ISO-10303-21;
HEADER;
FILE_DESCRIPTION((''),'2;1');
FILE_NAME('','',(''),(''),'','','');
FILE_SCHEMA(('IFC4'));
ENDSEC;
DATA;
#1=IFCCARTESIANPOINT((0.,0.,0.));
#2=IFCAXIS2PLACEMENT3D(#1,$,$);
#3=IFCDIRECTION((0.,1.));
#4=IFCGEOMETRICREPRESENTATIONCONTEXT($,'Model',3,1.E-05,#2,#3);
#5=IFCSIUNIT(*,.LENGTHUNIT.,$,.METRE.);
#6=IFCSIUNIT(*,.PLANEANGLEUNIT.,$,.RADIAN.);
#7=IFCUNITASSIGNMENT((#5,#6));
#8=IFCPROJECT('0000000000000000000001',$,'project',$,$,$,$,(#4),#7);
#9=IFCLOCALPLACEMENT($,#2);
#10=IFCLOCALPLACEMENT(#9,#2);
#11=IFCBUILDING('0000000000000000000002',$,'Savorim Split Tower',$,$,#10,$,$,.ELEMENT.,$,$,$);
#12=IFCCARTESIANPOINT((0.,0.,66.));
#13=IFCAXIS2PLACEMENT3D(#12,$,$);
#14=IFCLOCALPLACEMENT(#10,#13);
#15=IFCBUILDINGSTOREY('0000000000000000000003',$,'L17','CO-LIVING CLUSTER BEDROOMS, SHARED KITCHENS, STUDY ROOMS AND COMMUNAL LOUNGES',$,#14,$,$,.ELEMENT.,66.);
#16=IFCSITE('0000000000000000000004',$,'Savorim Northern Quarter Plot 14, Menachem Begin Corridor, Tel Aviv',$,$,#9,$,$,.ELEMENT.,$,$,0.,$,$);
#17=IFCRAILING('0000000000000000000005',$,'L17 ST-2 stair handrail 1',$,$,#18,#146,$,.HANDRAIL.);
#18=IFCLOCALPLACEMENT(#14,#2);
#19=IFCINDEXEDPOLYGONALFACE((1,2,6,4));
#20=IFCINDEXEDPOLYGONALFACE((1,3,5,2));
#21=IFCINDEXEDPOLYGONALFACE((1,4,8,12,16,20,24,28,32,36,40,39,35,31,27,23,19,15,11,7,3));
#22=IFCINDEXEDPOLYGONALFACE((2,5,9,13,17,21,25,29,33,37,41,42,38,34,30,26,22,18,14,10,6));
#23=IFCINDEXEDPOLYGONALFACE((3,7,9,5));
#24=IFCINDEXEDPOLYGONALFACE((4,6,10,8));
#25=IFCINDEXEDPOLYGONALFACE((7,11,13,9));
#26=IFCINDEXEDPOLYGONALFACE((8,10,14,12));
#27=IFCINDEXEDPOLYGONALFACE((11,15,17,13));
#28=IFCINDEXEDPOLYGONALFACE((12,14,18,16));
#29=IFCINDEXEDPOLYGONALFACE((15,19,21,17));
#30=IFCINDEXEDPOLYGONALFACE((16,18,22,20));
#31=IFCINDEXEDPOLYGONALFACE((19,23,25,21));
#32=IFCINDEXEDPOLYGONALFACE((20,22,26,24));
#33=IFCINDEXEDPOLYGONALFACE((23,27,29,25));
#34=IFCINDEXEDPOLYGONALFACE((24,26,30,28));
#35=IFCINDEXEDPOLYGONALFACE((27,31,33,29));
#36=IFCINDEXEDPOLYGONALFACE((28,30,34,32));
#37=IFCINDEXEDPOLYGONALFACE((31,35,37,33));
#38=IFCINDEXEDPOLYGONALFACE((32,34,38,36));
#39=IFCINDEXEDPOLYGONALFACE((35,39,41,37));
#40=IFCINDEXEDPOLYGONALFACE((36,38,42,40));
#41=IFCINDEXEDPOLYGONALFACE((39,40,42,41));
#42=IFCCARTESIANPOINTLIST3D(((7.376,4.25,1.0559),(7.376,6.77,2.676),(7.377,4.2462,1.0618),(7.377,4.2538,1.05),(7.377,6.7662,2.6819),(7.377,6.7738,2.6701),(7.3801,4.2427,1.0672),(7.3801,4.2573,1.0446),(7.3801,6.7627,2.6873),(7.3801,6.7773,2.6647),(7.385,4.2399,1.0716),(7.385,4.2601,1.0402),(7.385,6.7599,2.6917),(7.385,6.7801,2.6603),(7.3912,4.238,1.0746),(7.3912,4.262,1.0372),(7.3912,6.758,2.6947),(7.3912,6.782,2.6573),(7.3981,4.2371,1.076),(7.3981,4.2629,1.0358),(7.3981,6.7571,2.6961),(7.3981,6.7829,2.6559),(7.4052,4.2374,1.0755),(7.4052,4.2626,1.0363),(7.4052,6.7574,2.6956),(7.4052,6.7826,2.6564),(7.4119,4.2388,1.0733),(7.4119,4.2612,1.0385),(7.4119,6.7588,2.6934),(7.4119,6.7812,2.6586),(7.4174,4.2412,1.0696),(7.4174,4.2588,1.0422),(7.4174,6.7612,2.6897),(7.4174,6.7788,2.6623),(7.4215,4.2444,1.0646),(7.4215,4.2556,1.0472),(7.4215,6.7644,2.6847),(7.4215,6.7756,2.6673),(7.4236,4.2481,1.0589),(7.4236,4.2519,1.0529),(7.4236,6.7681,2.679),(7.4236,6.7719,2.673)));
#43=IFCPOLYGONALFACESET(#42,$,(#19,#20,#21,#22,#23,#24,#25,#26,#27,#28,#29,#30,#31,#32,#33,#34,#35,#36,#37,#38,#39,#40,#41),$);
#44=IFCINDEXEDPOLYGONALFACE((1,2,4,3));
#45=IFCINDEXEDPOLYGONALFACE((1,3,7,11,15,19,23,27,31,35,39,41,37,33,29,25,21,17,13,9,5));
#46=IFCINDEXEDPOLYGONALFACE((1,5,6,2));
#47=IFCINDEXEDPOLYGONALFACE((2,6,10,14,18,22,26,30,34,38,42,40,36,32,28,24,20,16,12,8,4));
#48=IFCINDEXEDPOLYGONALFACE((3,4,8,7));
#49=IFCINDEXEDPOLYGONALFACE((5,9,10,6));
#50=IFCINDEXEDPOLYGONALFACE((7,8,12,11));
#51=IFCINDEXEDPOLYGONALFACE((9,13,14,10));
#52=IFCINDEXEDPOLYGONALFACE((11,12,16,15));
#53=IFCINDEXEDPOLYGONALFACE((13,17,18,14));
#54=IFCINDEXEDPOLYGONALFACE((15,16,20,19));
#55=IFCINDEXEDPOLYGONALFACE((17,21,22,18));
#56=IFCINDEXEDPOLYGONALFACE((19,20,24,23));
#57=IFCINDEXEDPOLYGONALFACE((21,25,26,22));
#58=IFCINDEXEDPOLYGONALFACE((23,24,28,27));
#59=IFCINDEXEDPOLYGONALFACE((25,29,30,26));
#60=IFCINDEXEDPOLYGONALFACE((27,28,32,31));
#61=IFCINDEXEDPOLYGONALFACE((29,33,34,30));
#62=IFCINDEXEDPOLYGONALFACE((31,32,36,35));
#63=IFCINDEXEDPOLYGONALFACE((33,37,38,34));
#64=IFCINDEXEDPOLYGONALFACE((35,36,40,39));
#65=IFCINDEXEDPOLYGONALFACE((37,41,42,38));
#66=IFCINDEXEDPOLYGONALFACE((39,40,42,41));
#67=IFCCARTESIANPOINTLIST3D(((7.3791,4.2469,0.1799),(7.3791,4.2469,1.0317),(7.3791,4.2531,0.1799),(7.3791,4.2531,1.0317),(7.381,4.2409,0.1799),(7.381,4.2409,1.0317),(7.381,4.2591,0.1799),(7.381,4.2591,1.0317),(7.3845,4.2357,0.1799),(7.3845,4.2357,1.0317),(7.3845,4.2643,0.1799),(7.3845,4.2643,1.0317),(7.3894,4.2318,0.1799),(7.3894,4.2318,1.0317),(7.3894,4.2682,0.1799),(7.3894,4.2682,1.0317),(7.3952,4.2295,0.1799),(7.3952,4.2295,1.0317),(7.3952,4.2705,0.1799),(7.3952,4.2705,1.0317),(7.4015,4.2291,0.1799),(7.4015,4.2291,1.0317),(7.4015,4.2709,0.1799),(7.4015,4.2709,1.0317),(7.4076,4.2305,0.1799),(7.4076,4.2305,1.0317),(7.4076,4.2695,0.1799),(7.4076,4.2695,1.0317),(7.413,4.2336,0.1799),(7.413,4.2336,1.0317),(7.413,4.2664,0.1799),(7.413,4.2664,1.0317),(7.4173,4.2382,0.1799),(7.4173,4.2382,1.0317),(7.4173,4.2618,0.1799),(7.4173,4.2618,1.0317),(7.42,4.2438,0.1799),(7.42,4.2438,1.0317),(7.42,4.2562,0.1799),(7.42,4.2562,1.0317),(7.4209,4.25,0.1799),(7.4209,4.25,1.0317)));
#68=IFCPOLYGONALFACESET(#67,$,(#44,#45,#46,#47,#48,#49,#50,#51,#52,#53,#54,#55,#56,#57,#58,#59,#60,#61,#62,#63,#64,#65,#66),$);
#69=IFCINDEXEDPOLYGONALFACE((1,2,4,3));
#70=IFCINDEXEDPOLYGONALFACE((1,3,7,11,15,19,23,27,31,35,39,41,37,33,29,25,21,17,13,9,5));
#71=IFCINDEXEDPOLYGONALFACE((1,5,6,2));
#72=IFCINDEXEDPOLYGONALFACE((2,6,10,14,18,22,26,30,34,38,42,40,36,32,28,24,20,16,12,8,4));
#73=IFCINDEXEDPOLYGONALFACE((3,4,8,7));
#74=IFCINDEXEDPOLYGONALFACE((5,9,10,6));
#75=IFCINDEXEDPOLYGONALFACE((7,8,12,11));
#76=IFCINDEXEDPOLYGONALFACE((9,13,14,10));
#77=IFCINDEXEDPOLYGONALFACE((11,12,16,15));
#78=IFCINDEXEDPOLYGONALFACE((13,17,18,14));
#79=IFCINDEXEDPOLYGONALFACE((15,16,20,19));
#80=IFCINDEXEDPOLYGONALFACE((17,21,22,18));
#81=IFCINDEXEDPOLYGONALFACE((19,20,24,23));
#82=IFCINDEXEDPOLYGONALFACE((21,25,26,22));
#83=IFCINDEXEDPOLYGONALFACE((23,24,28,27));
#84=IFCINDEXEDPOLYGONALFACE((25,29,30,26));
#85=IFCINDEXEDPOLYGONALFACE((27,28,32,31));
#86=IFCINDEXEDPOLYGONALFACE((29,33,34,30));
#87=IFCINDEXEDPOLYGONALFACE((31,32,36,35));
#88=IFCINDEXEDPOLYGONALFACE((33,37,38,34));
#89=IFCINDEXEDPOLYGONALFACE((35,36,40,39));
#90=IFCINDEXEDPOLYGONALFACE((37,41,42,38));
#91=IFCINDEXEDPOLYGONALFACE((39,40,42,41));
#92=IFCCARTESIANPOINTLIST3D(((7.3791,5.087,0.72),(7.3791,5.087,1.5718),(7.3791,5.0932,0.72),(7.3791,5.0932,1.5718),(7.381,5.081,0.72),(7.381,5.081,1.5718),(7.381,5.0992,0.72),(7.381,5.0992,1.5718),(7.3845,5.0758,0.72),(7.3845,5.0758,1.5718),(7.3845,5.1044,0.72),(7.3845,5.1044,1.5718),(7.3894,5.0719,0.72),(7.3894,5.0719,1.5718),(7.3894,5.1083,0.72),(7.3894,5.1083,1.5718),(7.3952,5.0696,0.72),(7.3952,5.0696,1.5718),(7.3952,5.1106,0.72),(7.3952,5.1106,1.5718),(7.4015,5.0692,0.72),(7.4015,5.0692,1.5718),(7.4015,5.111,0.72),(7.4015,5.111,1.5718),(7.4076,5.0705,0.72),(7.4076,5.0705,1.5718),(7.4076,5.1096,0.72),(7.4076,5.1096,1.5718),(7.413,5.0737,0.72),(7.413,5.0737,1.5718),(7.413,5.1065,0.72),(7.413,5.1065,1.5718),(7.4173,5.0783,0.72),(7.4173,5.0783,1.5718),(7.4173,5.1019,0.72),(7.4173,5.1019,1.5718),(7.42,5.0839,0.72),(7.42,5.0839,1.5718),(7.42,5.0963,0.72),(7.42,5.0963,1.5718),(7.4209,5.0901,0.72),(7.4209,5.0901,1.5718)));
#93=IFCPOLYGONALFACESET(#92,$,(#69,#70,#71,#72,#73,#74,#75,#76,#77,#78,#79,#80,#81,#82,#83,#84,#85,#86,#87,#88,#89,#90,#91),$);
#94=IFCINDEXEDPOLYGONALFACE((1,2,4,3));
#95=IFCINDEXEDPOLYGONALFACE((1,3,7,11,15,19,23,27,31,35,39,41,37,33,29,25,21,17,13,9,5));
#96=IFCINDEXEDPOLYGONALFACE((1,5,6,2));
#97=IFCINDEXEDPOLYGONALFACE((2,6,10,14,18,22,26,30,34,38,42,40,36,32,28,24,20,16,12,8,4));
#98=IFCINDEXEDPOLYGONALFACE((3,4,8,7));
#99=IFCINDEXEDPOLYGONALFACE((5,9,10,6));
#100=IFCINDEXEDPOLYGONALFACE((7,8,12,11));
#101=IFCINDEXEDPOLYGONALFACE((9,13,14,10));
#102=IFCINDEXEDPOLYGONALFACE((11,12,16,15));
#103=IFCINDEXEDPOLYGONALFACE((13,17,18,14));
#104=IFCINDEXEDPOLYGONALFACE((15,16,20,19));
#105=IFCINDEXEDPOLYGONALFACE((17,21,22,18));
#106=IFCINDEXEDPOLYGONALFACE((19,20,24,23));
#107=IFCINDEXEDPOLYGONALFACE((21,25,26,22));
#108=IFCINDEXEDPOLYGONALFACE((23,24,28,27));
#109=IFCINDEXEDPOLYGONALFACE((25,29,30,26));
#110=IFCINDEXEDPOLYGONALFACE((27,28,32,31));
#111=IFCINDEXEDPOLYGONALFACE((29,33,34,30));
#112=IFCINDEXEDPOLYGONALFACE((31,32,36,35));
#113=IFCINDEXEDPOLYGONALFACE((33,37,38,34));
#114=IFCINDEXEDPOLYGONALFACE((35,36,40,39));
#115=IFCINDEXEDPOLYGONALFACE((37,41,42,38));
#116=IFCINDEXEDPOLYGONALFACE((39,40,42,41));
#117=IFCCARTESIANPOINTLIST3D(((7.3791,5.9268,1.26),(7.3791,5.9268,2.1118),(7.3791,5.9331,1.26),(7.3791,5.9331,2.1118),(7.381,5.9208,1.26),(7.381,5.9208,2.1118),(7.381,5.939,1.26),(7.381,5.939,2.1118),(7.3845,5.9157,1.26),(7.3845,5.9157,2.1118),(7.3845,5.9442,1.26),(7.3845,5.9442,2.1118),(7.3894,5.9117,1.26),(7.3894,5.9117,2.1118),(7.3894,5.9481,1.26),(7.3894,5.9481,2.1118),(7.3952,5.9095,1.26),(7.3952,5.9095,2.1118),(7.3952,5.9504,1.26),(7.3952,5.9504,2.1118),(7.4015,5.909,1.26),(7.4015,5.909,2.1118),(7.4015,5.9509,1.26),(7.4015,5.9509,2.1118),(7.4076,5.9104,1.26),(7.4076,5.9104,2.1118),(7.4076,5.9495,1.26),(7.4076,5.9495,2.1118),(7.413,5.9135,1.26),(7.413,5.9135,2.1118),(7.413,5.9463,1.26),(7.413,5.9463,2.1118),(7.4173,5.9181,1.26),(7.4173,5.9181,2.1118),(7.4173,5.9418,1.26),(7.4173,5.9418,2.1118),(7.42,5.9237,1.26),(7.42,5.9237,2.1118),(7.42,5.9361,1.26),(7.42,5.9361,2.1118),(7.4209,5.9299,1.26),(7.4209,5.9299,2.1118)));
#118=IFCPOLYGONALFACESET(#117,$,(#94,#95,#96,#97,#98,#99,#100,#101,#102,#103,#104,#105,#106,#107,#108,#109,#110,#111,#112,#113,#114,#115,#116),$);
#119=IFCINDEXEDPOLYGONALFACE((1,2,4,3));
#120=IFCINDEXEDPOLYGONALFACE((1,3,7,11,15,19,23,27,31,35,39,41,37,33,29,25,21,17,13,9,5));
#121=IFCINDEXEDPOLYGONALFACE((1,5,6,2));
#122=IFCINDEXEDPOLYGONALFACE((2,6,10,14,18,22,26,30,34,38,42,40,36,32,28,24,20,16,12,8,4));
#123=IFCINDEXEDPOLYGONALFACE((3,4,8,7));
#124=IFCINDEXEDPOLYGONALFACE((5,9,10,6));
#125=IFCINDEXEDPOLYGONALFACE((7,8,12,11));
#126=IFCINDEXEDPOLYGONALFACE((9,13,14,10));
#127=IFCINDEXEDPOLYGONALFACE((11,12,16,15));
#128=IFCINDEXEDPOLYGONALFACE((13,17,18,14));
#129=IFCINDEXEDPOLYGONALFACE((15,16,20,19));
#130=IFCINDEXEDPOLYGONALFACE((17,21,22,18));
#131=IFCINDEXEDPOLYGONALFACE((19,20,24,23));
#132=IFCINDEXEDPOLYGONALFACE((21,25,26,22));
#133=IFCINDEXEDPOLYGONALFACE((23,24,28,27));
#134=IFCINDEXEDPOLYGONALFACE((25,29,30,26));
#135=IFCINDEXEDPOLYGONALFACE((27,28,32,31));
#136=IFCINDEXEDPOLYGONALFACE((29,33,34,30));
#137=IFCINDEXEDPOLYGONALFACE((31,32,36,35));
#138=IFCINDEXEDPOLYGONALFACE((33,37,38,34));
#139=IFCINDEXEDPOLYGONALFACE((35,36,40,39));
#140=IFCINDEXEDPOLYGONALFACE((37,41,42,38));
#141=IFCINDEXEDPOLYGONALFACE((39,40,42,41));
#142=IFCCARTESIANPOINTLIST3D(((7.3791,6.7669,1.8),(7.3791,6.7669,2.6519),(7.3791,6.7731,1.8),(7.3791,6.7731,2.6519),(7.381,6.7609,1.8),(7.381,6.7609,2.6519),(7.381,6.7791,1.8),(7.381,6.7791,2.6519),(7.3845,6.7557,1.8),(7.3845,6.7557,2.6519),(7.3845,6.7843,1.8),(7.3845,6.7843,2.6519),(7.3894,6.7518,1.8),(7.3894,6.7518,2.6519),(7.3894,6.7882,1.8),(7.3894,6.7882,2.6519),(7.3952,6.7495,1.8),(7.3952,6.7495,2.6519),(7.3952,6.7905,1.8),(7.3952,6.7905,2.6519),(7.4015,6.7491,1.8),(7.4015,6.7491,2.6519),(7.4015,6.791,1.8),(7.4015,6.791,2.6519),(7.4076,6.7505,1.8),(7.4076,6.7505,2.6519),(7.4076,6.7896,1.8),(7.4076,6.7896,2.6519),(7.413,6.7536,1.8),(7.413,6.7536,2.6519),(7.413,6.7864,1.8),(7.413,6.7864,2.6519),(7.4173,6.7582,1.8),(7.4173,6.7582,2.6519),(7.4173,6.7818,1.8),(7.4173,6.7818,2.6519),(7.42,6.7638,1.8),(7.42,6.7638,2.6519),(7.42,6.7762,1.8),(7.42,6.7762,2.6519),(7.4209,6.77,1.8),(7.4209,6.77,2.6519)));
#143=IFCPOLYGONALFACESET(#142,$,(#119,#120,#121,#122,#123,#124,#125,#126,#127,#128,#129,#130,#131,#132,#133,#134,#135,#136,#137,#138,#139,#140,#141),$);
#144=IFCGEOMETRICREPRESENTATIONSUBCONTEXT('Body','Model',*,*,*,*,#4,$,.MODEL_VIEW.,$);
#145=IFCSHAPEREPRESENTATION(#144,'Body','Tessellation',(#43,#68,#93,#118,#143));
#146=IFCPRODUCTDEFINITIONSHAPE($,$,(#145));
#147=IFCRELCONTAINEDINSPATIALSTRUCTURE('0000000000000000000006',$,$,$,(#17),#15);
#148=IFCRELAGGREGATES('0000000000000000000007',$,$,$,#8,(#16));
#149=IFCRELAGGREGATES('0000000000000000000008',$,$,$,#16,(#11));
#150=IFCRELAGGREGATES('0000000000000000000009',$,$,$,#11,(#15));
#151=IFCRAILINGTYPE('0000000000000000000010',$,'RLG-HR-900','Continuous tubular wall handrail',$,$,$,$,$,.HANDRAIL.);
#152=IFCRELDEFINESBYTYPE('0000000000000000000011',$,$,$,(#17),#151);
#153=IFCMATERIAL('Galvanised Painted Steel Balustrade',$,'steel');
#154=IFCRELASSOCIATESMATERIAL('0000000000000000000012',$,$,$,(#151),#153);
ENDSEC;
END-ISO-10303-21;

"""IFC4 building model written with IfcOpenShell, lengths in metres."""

from ifc_helpers import new_model, si_unit, direction, frame, origin, origin_2d, place, context, subcontext, project, spatial, circle, extrude, material, type_object, element, save


model = new_model("IFC4")

# Units and contexts
model_context = context("Model", 3, precision=1e-05, world=origin(), true_north=direction((0.0, 1.0)))
body_context = subcontext(model_context, "Body", "Model", "MODEL_VIEW")
ifc_project = project(units=[si_unit("LENGTHUNIT", "METRE"), si_unit("PLANEANGLEUNIT", "RADIAN")], contexts=[model_context])

# Site, building, storey
site_placement = place(None, origin())
site = spatial("IfcSite", under=ifc_project, at=site_placement, Name="Savorim Northern Quarter Plot 14, Menachem Begin Corridor, Tel Aviv", CompositionType="ELEMENT", RefElevation=0.0)
building_placement = place(site_placement, origin())
building = spatial("IfcBuilding", under=site, at=building_placement, Name="Savorim Split Tower", CompositionType="ELEMENT")
storey_placement = place(building_placement, frame((0.0, 0.0, 66.0)))
storey = spatial("IfcBuildingStorey", under=building, at=storey_placement, Name="L17", Description="CO-LIVING CLUSTER BEDROOMS, SHARED KITCHENS, STUDY ROOMS AND COMMUNAL LOUNGES", CompositionType="ELEMENT", Elevation=66.0)

# Railing
ifc_material_1 = material(Name="Galvanised Painted Steel Balustrade", Category="steel")
railing_type_1 = type_object("IfcRailingType", Name="RLG-HR-900", Description="Continuous tubular wall handrail", PredefinedType="HANDRAIL", material=ifc_material_1)
railing_1_placement = place(storey_placement, frame((7.3999, 4.25, 0.1799)))
element("IfcRailing", 1, at=railing_1_placement, inside=storey, type_object=railing_type_1, Name="L17 ST-2 stair handrail 1", PredefinedType="HANDRAIL", context=body_context, shape_type="SweptSolid", body=[
    extrude(circle(Radius=0.0239, at=origin_2d()), frame((0.0, 0.0, 0.876), z_axis=(0.0, 0.841163, 0.540782), x_axis=(-1.0, 0.0, 0.0)), (0.0, 0.0, 1.0), 2.9958),
    extrude(circle(Radius=0.021, at=origin_2d()), origin(), (0.0, 0.0, 1.0), 0.8518),
    extrude(circle(Radius=0.021, at=origin_2d()), frame((0.0, 0.8401, 0.54)), (0.0, 0.0, 1.0), 0.8518),
    extrude(circle(Radius=0.021, at=origin_2d()), frame((0.0, 1.6799, 1.0801)), (0.0, 0.0, 1.0), 0.8518),
    extrude(circle(Radius=0.021, at=origin_2d()), frame((0.0, 2.52, 1.6201)), (0.0, 0.0, 1.0), 0.8518),
])

save(model, "model.ifc")
